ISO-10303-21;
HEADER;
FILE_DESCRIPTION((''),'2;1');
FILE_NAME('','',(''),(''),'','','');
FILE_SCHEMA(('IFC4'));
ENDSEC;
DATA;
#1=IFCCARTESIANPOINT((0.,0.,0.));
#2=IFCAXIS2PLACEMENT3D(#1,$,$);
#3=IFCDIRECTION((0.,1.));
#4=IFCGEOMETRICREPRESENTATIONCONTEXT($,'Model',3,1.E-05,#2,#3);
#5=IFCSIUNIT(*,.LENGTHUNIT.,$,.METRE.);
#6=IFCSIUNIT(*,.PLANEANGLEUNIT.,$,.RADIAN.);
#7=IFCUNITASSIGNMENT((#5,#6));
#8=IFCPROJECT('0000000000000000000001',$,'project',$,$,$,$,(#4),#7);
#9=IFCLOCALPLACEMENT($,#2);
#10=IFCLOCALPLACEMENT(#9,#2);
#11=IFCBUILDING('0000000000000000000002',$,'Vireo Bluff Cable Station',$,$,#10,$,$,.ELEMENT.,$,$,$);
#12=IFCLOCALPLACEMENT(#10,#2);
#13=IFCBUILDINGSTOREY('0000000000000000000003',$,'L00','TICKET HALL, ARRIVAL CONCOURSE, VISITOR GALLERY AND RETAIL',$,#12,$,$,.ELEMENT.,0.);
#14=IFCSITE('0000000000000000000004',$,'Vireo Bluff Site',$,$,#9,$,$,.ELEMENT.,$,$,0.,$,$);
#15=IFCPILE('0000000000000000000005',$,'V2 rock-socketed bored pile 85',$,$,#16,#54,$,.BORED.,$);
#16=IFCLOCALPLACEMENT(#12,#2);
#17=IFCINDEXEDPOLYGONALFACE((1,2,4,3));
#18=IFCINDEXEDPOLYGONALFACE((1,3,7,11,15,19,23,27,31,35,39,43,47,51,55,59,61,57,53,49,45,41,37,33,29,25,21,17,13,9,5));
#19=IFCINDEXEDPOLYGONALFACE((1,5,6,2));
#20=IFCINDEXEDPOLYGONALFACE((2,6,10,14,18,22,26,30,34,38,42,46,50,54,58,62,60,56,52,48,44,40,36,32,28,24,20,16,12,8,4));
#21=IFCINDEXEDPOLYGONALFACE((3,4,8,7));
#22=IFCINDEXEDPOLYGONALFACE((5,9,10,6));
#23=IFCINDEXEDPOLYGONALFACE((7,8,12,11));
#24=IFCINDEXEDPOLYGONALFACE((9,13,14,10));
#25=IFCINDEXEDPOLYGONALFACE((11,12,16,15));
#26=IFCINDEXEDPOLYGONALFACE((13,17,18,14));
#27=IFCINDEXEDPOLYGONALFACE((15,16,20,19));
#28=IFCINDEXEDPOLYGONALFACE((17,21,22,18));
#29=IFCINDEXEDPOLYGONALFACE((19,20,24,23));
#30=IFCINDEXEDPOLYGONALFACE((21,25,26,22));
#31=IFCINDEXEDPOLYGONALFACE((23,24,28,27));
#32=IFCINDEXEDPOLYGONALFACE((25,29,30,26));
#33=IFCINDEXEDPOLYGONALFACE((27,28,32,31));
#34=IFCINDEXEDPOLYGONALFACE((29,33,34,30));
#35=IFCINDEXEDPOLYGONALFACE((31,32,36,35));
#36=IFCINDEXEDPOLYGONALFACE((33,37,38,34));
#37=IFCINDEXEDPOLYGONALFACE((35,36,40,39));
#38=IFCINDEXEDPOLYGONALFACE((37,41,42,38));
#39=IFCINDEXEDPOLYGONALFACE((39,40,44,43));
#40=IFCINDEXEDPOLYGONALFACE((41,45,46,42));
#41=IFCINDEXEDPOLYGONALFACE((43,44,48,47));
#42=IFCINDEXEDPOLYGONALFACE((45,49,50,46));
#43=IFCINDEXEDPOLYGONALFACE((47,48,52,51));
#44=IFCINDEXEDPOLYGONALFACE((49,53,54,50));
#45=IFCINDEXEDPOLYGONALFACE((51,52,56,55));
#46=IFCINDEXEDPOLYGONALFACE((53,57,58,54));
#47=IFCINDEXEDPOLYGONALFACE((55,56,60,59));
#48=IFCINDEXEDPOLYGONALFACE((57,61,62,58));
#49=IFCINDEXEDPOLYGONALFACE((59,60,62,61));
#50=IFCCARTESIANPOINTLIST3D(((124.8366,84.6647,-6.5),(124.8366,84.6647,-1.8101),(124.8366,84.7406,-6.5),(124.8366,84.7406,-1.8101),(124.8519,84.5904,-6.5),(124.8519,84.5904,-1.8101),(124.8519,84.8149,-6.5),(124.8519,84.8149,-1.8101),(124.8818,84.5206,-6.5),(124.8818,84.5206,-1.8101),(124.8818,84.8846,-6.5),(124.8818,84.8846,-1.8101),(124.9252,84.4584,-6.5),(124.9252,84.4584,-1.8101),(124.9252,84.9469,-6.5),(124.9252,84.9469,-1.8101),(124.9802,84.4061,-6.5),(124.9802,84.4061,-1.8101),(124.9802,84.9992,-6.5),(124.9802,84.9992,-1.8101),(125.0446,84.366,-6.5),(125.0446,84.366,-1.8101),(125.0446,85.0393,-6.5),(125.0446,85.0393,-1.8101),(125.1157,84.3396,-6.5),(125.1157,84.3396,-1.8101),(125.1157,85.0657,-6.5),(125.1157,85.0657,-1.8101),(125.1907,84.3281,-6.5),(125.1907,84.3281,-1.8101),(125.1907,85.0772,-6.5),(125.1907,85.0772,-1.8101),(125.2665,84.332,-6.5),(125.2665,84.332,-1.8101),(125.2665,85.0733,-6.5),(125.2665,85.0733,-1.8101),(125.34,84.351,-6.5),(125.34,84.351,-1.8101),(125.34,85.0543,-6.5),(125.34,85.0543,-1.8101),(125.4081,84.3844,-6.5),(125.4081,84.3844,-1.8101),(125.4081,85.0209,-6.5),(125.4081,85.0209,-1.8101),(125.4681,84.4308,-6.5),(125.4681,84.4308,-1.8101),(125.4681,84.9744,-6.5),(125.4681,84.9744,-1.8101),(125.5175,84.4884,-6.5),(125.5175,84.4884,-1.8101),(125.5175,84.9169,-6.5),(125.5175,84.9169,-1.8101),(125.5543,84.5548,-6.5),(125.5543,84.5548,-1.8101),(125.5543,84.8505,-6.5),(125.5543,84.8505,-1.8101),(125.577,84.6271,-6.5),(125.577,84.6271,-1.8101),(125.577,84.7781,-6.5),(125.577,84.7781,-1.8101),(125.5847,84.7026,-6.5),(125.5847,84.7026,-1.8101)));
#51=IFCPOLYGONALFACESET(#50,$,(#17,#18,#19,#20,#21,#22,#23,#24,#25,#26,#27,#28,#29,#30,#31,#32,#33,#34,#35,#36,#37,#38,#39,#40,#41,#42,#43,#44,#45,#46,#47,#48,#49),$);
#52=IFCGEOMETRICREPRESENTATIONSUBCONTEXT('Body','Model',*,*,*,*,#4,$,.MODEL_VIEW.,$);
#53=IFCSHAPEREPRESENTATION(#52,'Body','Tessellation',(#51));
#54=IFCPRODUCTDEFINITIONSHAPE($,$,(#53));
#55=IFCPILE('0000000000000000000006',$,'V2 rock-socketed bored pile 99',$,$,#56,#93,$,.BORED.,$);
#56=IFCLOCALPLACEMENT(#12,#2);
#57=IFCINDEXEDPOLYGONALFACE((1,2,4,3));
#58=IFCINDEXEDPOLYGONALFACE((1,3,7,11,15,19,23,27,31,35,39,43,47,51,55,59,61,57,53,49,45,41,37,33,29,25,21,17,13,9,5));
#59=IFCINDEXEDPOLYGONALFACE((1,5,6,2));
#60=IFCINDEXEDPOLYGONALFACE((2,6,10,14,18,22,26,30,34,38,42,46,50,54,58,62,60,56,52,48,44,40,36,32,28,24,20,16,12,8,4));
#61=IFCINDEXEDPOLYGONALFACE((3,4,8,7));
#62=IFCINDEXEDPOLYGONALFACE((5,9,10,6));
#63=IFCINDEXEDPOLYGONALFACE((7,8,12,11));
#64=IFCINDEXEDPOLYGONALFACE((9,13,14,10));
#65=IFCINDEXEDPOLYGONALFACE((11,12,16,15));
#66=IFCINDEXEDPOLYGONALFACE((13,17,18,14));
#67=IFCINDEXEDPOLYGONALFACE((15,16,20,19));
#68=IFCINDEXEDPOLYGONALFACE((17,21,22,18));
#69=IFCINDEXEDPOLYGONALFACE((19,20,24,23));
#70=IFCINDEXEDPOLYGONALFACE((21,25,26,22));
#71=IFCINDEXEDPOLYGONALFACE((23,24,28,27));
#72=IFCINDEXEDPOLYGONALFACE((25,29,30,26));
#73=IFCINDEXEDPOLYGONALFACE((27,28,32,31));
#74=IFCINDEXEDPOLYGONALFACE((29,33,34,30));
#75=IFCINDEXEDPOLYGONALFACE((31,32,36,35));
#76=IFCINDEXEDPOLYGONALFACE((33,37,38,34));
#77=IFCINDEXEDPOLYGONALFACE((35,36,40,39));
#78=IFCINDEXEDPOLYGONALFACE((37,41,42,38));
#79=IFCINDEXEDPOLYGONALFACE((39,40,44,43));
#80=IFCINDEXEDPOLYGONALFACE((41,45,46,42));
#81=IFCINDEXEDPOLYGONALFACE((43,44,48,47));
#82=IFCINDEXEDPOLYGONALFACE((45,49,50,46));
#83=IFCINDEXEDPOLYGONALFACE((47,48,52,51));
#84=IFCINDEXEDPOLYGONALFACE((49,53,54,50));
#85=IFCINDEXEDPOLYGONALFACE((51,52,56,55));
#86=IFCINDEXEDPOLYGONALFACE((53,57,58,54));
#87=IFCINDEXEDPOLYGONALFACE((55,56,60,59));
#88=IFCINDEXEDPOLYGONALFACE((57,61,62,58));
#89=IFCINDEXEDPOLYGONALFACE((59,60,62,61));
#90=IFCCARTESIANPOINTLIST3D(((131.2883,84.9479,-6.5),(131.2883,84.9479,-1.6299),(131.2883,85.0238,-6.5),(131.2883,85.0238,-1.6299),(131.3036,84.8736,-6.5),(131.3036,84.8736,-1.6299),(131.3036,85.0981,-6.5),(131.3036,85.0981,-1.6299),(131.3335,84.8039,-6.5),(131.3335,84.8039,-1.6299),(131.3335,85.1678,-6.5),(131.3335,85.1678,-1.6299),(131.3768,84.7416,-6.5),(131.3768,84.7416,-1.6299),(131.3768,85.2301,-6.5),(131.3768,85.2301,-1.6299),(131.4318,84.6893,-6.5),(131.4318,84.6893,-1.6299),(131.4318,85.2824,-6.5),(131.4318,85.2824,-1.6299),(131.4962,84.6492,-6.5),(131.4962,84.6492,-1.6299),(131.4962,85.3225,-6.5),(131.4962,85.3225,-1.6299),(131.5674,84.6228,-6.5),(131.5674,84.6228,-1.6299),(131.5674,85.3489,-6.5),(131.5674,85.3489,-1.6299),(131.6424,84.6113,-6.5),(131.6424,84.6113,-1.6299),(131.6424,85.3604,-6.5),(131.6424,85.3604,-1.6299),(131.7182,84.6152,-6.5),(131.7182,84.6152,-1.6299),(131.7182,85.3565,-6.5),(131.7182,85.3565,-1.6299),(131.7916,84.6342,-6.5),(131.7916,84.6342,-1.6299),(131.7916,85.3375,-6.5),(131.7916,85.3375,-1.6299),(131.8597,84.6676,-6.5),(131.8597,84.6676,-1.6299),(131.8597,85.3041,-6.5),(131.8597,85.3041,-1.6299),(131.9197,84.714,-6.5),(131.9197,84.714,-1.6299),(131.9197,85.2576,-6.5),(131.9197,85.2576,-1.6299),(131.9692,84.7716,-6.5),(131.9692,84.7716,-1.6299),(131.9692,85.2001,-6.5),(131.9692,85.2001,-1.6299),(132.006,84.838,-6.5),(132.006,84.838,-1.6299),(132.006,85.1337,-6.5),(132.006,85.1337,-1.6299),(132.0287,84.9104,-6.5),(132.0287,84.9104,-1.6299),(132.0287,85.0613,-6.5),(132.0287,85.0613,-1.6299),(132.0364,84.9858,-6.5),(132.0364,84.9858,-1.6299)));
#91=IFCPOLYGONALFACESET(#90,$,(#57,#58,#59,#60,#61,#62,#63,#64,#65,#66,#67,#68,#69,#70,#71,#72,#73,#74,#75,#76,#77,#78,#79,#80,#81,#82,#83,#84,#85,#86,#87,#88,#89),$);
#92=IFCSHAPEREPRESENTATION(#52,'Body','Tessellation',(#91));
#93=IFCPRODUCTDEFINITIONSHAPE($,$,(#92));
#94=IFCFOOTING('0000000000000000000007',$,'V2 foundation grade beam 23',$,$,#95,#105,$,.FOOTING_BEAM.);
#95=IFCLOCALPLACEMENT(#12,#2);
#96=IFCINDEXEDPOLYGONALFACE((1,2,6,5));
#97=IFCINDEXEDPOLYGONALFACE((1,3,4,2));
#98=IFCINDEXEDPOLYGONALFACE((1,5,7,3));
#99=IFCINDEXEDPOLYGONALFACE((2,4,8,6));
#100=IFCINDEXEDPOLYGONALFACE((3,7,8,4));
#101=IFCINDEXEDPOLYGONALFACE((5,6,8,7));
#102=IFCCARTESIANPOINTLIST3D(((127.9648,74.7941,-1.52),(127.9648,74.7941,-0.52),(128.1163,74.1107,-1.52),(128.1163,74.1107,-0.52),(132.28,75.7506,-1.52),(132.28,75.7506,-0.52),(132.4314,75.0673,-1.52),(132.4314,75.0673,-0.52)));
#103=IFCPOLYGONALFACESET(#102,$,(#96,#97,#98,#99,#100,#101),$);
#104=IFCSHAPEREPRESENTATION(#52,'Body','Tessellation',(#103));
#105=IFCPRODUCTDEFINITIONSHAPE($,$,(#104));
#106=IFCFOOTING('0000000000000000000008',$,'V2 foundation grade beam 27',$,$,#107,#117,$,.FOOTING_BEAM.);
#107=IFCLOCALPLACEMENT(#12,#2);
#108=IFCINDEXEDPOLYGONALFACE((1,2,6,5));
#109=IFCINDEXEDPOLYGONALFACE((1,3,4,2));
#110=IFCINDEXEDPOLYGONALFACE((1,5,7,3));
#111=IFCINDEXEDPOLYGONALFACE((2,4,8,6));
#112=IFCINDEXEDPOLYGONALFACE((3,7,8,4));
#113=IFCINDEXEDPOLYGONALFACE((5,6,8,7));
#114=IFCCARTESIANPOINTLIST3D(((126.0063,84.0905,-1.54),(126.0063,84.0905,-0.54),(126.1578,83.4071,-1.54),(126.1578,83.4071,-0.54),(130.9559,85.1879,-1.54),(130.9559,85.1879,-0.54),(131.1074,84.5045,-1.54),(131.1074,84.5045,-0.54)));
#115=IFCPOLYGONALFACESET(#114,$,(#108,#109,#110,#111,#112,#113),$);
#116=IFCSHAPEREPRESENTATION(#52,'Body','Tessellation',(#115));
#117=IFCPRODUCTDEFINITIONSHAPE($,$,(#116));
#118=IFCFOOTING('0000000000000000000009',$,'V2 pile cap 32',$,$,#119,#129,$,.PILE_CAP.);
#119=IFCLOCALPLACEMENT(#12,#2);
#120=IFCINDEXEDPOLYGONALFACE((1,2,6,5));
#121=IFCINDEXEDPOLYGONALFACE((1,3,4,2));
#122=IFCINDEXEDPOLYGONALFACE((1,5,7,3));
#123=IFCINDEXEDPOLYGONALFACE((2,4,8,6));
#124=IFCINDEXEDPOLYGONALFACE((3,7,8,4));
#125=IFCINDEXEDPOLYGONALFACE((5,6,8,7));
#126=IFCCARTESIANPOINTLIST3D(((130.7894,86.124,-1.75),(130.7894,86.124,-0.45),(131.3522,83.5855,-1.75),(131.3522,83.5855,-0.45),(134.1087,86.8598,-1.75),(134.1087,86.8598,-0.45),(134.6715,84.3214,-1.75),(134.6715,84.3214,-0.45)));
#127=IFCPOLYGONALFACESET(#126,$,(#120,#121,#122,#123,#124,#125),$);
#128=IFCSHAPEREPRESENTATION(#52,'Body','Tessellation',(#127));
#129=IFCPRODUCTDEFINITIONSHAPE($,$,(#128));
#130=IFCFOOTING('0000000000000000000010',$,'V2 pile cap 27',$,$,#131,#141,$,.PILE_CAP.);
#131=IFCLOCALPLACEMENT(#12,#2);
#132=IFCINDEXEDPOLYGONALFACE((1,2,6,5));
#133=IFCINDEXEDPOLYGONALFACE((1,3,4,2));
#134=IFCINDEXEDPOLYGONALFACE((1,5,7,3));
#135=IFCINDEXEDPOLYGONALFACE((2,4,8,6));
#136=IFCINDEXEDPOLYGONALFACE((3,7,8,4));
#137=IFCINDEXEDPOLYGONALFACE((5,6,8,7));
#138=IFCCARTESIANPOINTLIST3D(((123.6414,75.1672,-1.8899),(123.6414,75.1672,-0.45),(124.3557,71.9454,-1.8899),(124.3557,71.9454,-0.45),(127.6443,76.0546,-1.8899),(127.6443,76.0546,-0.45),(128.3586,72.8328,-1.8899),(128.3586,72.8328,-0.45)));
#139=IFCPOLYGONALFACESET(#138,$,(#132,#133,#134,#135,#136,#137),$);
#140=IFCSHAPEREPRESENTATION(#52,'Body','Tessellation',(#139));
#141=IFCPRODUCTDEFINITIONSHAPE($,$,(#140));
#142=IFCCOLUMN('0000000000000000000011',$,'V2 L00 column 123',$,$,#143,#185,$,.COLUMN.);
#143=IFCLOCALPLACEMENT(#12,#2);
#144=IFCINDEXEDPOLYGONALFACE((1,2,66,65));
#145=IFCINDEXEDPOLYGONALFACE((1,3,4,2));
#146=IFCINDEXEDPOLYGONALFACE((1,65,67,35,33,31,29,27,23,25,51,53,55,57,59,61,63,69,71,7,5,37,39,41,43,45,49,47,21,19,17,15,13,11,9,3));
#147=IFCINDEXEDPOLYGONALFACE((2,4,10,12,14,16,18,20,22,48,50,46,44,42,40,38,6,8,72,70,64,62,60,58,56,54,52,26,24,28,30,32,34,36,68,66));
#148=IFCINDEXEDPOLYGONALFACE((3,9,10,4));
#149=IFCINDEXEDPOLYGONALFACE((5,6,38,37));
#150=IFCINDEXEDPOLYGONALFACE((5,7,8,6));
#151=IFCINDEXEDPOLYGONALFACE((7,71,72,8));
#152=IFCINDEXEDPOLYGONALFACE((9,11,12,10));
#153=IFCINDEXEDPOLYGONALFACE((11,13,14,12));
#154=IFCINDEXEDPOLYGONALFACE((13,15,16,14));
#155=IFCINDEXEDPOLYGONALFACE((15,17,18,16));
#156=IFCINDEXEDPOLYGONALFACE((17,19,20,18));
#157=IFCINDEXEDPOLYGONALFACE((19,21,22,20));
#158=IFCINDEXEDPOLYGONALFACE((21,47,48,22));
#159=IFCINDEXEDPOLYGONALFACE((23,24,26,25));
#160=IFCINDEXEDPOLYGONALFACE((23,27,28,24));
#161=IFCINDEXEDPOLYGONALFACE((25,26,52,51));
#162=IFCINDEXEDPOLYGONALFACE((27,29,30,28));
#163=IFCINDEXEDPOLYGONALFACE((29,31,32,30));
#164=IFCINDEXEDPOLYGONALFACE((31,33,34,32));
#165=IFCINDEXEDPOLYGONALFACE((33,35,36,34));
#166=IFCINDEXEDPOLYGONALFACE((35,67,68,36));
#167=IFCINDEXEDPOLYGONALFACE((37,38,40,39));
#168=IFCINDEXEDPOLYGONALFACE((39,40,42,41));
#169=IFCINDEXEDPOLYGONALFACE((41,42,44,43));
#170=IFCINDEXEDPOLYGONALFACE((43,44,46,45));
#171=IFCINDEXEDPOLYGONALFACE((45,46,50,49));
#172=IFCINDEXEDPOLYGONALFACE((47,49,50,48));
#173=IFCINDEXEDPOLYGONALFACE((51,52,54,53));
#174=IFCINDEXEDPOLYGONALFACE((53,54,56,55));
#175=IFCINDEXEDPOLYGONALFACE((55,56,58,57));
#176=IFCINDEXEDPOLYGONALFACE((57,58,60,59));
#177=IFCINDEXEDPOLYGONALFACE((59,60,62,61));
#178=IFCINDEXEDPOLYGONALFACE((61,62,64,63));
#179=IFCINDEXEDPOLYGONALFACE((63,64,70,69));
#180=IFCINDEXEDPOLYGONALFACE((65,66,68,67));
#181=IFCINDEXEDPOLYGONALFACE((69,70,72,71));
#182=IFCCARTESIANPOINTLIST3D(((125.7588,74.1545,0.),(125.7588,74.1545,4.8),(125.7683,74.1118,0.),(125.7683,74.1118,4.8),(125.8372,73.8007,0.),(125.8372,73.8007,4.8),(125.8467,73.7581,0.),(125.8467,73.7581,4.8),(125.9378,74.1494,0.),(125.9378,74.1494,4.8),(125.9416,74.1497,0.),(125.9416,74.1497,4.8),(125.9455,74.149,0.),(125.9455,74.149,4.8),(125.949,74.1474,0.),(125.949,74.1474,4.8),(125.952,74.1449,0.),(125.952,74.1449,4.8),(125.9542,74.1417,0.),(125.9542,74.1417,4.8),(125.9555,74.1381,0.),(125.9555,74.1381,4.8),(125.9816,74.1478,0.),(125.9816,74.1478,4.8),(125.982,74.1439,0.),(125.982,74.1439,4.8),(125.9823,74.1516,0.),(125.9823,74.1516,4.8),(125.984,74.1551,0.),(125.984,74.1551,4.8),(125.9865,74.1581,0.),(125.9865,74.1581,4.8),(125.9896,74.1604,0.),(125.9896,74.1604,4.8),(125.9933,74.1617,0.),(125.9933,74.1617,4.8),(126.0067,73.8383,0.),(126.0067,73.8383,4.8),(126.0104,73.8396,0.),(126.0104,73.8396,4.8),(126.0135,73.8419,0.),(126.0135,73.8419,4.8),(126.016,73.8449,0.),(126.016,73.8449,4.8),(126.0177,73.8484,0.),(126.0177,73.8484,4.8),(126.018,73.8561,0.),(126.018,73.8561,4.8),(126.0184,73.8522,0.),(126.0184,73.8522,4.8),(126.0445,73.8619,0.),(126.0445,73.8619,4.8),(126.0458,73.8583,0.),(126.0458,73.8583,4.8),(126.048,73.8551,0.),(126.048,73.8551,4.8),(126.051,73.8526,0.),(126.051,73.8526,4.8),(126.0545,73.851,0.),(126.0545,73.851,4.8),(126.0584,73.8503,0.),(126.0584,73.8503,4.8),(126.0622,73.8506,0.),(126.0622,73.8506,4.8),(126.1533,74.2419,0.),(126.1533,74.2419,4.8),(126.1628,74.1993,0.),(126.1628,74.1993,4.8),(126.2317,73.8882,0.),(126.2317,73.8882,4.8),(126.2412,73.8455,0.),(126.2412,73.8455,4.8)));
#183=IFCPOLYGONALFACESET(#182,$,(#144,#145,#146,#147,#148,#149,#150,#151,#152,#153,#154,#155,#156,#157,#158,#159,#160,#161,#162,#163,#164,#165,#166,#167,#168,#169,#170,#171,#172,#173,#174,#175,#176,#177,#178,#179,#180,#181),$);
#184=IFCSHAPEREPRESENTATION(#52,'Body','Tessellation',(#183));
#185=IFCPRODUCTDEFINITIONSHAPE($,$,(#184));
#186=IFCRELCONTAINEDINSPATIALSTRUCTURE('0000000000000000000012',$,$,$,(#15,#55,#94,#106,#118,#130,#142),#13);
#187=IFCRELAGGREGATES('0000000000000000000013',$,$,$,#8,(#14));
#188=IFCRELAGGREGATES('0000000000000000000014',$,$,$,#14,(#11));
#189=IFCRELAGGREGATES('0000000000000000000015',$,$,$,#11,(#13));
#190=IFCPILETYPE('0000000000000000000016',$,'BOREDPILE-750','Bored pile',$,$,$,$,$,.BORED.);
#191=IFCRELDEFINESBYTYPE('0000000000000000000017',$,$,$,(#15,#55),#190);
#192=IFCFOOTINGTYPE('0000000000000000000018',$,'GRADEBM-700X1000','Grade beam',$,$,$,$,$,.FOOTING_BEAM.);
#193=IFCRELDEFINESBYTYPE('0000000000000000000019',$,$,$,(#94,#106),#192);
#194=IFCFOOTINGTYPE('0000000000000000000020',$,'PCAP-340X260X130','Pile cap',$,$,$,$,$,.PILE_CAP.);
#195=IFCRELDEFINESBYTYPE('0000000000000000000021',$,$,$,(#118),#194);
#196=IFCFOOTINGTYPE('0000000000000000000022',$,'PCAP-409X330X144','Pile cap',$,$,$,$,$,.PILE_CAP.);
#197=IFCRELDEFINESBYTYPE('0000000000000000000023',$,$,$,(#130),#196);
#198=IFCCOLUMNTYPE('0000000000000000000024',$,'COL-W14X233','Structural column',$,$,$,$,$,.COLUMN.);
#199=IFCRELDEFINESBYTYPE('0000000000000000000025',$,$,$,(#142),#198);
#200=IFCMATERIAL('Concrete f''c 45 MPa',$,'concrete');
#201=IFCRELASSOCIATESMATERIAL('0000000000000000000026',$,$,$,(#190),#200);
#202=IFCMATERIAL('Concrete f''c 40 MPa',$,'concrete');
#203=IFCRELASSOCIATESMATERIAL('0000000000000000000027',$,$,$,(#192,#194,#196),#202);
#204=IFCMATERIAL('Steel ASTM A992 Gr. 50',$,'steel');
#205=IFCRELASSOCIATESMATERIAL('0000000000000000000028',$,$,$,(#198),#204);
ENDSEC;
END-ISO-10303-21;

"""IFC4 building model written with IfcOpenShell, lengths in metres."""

from ifc_helpers import new_model, si_unit, direction, frame, origin, origin_2d, place, context, subcontext, project, spatial, rectangle, circle, i_section, extrude, material, material_profile, profile_set, type_object, element, save


model = new_model("IFC4")

# Units and contexts
model_context = context("Model", 3, precision=1e-05, world=origin(), true_north=direction((0.0, 1.0)))
body_context = subcontext(model_context, "Body", "Model", "MODEL_VIEW")
ifc_project = project(units=[si_unit("LENGTHUNIT", "METRE"), si_unit("PLANEANGLEUNIT", "RADIAN")], contexts=[model_context])

# Site, building, storey
site_placement = place(None, origin())
site = spatial("IfcSite", under=ifc_project, at=site_placement, Name="Vireo Bluff Site", CompositionType="ELEMENT", RefElevation=0.0)
building_placement = place(site_placement, origin())
building = spatial("IfcBuilding", under=site, at=building_placement, Name="Vireo Bluff Cable Station", CompositionType="ELEMENT")
storey_placement = place(building_placement, origin())
storey = spatial("IfcBuildingStorey", under=building, at=storey_placement, Name="L00", Description="TICKET HALL, ARRIVAL CONCOURSE, VISITOR GALLERY AND RETAIL", CompositionType="ELEMENT", Elevation=0.0)

# Piles
ifc_material_1 = material(Name="Concrete f'c 45 MPa", Category="concrete")
ifc_material_profile_1 = material_profile(ifc_material_1, circle(Radius=0.375, at=origin_2d()), Name="BOREDPILE-750")
ifc_profile_set_1 = profile_set([ifc_material_profile_1], Name="Concrete f'c 45 MPa")
pile_type = type_object("IfcPileType", Name="BOREDPILE-750", Description="Bored pile", PredefinedType="BORED", material=ifc_profile_set_1)
for number, where, z_axis, x_axis, name in (
    (1, (125.2097, 84.7026, -1.8101), (0.0, 0.0, -1.0), (1.0, 0.0, 0.0), "V2 rock-socketed bored pile 85"),
):
    element("IfcPile", number, at=place(storey_placement, frame(where, z_axis=z_axis, x_axis=x_axis)), inside=storey, type_object=pile_type, Name=name, PredefinedType="BORED", context=body_context, shape_type="SweptSolid", body=[
        extrude(circle(Radius=0.375, at=origin_2d()), origin(), (0.0, 0.0, 1.0), 4.6899),
    ])
pile_placement = place(storey_placement, frame((131.6614, 84.9858, -1.6299), z_axis=(0.0, 0.0, -1.0), x_axis=(1.0, 0.0, 0.0)))
element("IfcPile", 2, at=pile_placement, inside=storey, type_object=pile_type, Name="V2 rock-socketed bored pile 99", PredefinedType="BORED", context=body_context, shape_type="SweptSolid", body=[
    extrude(circle(Radius=0.375, at=origin_2d()), origin(), (0.0, 0.0, 1.0), 4.8701),
])

# Footings
ifc_material_2 = material(Name="Concrete f'c 40 MPa", Category="concrete")
ifc_material_profile_2 = material_profile(ifc_material_2, rectangle(XDim=0.7, YDim=1.0, at=origin_2d()), Name="GRADEBM-700X1000")
ifc_profile_set_2 = profile_set([ifc_material_profile_2], Name="Concrete f'c 40 MPa")
footing_type_1 = type_object("IfcFootingType", Name="GRADEBM-700X1000", Description="Grade beam", PredefinedType="FOOTING_BEAM", material=ifc_profile_set_2)
footing_1_placement = place(storey_placement, frame((128.0405, 74.4524, -1.02), z_axis=(0.976301, 0.216416, 0.0), x_axis=(-0.216416, 0.976301, 0.0)))
element("IfcFooting", 3, at=footing_1_placement, inside=storey, type_object=footing_type_1, Name="V2 foundation grade beam 23", PredefinedType="FOOTING_BEAM", context=body_context, shape_type="SweptSolid", body=[
    extrude(rectangle(XDim=0.7, YDim=1.0, at=origin_2d()), origin(), (0.0, 0.0, 1.0), 4.4199),
])
footing_2_placement = place(storey_placement, frame((126.082, 83.7488, -1.04), z_axis=(0.976292, 0.216456, 0.0), x_axis=(-0.216456, 0.976292, 0.0)))
element("IfcFooting", 4, at=footing_2_placement, inside=storey, type_object=footing_type_1, Name="V2 foundation grade beam 27", PredefinedType="FOOTING_BEAM", context=body_context, shape_type="SweptSolid", body=[
    extrude(rectangle(XDim=0.7, YDim=1.0, at=origin_2d()), origin(), (0.0, 0.0, 1.0), 5.0698),
])
footing_type_2 = type_object("IfcFootingType", Name="PCAP-340X260X130", Description="Pile cap", PredefinedType="PILE_CAP", material=ifc_material_2)
footing_3_placement = place(storey_placement, frame((132.7305, 85.2227, -1.75), z_axis=(0.0, 0.0, 1.0), x_axis=(0.976296, 0.21644, 0.0)))
element("IfcFooting", 5, at=footing_3_placement, inside=storey, type_object=footing_type_2, Name="V2 pile cap 32", PredefinedType="PILE_CAP", context=body_context, shape_type="SweptSolid", body=[
    extrude(rectangle(XDim=3.3999, YDim=2.6001, at=origin_2d()), origin(), (0.0, 0.0, 1.0), 1.3),
])
footing_type_3 = type_object("IfcFootingType", Name="PCAP-409X330X144", Description="Pile cap", PredefinedType="PILE_CAP", material=ifc_material_2)
footing_4_placement = place(storey_placement, frame((126.0, 74.0, -1.8899), z_axis=(0.0, 0.0, 1.0), x_axis=(0.976296, 0.21644, 0.0)))
element("IfcFooting", 6, at=footing_4_placement, inside=storey, type_object=footing_type_3, Name="V2 pile cap 27", PredefinedType="PILE_CAP", context=body_context, shape_type="SweptSolid", body=[
    extrude(rectangle(XDim=4.1001, YDim=3.3, at=origin_2d()), origin(), (0.0, 0.0, 1.0), 1.4399),
])

# Column
ifc_material_3 = material(Name="Steel ASTM A992 Gr. 50", Category="steel")
ifc_material_profile_3 = material_profile(ifc_material_3, i_section(OverallWidth=0.4041, OverallDepth=0.406, WebThickness=0.0271, FlangeThickness=0.0437, FilletRadius=0.0149, at=origin_2d()), Name="W14X233")
ifc_profile_set_3 = profile_set([ifc_material_profile_3], Name="Steel ASTM A992 Gr. 50")
column_type_1 = type_object("IfcColumnType", Name="COL-W14X233", Description="Structural column", PredefinedType="COLUMN", material=ifc_profile_set_3)
column_1_placement = place(storey_placement, frame((126.0, 74.0, 0.0), z_axis=(0.0, 0.0, 1.0), x_axis=(0.976296, 0.21644, 0.0)))
element("IfcColumn", 7, at=column_1_placement, inside=storey, type_object=column_type_1, Name="V2 L00 column 123", PredefinedType="COLUMN", context=body_context, shape_type="SweptSolid", body=[
    extrude(i_section(OverallWidth=0.4041, OverallDepth=0.406, WebThickness=0.0271, FlangeThickness=0.0437, FilletRadius=0.0149, at=origin_2d()), origin(), (0.0, 0.0, 1.0), 4.8),
])

save(model, "model.ifc")
